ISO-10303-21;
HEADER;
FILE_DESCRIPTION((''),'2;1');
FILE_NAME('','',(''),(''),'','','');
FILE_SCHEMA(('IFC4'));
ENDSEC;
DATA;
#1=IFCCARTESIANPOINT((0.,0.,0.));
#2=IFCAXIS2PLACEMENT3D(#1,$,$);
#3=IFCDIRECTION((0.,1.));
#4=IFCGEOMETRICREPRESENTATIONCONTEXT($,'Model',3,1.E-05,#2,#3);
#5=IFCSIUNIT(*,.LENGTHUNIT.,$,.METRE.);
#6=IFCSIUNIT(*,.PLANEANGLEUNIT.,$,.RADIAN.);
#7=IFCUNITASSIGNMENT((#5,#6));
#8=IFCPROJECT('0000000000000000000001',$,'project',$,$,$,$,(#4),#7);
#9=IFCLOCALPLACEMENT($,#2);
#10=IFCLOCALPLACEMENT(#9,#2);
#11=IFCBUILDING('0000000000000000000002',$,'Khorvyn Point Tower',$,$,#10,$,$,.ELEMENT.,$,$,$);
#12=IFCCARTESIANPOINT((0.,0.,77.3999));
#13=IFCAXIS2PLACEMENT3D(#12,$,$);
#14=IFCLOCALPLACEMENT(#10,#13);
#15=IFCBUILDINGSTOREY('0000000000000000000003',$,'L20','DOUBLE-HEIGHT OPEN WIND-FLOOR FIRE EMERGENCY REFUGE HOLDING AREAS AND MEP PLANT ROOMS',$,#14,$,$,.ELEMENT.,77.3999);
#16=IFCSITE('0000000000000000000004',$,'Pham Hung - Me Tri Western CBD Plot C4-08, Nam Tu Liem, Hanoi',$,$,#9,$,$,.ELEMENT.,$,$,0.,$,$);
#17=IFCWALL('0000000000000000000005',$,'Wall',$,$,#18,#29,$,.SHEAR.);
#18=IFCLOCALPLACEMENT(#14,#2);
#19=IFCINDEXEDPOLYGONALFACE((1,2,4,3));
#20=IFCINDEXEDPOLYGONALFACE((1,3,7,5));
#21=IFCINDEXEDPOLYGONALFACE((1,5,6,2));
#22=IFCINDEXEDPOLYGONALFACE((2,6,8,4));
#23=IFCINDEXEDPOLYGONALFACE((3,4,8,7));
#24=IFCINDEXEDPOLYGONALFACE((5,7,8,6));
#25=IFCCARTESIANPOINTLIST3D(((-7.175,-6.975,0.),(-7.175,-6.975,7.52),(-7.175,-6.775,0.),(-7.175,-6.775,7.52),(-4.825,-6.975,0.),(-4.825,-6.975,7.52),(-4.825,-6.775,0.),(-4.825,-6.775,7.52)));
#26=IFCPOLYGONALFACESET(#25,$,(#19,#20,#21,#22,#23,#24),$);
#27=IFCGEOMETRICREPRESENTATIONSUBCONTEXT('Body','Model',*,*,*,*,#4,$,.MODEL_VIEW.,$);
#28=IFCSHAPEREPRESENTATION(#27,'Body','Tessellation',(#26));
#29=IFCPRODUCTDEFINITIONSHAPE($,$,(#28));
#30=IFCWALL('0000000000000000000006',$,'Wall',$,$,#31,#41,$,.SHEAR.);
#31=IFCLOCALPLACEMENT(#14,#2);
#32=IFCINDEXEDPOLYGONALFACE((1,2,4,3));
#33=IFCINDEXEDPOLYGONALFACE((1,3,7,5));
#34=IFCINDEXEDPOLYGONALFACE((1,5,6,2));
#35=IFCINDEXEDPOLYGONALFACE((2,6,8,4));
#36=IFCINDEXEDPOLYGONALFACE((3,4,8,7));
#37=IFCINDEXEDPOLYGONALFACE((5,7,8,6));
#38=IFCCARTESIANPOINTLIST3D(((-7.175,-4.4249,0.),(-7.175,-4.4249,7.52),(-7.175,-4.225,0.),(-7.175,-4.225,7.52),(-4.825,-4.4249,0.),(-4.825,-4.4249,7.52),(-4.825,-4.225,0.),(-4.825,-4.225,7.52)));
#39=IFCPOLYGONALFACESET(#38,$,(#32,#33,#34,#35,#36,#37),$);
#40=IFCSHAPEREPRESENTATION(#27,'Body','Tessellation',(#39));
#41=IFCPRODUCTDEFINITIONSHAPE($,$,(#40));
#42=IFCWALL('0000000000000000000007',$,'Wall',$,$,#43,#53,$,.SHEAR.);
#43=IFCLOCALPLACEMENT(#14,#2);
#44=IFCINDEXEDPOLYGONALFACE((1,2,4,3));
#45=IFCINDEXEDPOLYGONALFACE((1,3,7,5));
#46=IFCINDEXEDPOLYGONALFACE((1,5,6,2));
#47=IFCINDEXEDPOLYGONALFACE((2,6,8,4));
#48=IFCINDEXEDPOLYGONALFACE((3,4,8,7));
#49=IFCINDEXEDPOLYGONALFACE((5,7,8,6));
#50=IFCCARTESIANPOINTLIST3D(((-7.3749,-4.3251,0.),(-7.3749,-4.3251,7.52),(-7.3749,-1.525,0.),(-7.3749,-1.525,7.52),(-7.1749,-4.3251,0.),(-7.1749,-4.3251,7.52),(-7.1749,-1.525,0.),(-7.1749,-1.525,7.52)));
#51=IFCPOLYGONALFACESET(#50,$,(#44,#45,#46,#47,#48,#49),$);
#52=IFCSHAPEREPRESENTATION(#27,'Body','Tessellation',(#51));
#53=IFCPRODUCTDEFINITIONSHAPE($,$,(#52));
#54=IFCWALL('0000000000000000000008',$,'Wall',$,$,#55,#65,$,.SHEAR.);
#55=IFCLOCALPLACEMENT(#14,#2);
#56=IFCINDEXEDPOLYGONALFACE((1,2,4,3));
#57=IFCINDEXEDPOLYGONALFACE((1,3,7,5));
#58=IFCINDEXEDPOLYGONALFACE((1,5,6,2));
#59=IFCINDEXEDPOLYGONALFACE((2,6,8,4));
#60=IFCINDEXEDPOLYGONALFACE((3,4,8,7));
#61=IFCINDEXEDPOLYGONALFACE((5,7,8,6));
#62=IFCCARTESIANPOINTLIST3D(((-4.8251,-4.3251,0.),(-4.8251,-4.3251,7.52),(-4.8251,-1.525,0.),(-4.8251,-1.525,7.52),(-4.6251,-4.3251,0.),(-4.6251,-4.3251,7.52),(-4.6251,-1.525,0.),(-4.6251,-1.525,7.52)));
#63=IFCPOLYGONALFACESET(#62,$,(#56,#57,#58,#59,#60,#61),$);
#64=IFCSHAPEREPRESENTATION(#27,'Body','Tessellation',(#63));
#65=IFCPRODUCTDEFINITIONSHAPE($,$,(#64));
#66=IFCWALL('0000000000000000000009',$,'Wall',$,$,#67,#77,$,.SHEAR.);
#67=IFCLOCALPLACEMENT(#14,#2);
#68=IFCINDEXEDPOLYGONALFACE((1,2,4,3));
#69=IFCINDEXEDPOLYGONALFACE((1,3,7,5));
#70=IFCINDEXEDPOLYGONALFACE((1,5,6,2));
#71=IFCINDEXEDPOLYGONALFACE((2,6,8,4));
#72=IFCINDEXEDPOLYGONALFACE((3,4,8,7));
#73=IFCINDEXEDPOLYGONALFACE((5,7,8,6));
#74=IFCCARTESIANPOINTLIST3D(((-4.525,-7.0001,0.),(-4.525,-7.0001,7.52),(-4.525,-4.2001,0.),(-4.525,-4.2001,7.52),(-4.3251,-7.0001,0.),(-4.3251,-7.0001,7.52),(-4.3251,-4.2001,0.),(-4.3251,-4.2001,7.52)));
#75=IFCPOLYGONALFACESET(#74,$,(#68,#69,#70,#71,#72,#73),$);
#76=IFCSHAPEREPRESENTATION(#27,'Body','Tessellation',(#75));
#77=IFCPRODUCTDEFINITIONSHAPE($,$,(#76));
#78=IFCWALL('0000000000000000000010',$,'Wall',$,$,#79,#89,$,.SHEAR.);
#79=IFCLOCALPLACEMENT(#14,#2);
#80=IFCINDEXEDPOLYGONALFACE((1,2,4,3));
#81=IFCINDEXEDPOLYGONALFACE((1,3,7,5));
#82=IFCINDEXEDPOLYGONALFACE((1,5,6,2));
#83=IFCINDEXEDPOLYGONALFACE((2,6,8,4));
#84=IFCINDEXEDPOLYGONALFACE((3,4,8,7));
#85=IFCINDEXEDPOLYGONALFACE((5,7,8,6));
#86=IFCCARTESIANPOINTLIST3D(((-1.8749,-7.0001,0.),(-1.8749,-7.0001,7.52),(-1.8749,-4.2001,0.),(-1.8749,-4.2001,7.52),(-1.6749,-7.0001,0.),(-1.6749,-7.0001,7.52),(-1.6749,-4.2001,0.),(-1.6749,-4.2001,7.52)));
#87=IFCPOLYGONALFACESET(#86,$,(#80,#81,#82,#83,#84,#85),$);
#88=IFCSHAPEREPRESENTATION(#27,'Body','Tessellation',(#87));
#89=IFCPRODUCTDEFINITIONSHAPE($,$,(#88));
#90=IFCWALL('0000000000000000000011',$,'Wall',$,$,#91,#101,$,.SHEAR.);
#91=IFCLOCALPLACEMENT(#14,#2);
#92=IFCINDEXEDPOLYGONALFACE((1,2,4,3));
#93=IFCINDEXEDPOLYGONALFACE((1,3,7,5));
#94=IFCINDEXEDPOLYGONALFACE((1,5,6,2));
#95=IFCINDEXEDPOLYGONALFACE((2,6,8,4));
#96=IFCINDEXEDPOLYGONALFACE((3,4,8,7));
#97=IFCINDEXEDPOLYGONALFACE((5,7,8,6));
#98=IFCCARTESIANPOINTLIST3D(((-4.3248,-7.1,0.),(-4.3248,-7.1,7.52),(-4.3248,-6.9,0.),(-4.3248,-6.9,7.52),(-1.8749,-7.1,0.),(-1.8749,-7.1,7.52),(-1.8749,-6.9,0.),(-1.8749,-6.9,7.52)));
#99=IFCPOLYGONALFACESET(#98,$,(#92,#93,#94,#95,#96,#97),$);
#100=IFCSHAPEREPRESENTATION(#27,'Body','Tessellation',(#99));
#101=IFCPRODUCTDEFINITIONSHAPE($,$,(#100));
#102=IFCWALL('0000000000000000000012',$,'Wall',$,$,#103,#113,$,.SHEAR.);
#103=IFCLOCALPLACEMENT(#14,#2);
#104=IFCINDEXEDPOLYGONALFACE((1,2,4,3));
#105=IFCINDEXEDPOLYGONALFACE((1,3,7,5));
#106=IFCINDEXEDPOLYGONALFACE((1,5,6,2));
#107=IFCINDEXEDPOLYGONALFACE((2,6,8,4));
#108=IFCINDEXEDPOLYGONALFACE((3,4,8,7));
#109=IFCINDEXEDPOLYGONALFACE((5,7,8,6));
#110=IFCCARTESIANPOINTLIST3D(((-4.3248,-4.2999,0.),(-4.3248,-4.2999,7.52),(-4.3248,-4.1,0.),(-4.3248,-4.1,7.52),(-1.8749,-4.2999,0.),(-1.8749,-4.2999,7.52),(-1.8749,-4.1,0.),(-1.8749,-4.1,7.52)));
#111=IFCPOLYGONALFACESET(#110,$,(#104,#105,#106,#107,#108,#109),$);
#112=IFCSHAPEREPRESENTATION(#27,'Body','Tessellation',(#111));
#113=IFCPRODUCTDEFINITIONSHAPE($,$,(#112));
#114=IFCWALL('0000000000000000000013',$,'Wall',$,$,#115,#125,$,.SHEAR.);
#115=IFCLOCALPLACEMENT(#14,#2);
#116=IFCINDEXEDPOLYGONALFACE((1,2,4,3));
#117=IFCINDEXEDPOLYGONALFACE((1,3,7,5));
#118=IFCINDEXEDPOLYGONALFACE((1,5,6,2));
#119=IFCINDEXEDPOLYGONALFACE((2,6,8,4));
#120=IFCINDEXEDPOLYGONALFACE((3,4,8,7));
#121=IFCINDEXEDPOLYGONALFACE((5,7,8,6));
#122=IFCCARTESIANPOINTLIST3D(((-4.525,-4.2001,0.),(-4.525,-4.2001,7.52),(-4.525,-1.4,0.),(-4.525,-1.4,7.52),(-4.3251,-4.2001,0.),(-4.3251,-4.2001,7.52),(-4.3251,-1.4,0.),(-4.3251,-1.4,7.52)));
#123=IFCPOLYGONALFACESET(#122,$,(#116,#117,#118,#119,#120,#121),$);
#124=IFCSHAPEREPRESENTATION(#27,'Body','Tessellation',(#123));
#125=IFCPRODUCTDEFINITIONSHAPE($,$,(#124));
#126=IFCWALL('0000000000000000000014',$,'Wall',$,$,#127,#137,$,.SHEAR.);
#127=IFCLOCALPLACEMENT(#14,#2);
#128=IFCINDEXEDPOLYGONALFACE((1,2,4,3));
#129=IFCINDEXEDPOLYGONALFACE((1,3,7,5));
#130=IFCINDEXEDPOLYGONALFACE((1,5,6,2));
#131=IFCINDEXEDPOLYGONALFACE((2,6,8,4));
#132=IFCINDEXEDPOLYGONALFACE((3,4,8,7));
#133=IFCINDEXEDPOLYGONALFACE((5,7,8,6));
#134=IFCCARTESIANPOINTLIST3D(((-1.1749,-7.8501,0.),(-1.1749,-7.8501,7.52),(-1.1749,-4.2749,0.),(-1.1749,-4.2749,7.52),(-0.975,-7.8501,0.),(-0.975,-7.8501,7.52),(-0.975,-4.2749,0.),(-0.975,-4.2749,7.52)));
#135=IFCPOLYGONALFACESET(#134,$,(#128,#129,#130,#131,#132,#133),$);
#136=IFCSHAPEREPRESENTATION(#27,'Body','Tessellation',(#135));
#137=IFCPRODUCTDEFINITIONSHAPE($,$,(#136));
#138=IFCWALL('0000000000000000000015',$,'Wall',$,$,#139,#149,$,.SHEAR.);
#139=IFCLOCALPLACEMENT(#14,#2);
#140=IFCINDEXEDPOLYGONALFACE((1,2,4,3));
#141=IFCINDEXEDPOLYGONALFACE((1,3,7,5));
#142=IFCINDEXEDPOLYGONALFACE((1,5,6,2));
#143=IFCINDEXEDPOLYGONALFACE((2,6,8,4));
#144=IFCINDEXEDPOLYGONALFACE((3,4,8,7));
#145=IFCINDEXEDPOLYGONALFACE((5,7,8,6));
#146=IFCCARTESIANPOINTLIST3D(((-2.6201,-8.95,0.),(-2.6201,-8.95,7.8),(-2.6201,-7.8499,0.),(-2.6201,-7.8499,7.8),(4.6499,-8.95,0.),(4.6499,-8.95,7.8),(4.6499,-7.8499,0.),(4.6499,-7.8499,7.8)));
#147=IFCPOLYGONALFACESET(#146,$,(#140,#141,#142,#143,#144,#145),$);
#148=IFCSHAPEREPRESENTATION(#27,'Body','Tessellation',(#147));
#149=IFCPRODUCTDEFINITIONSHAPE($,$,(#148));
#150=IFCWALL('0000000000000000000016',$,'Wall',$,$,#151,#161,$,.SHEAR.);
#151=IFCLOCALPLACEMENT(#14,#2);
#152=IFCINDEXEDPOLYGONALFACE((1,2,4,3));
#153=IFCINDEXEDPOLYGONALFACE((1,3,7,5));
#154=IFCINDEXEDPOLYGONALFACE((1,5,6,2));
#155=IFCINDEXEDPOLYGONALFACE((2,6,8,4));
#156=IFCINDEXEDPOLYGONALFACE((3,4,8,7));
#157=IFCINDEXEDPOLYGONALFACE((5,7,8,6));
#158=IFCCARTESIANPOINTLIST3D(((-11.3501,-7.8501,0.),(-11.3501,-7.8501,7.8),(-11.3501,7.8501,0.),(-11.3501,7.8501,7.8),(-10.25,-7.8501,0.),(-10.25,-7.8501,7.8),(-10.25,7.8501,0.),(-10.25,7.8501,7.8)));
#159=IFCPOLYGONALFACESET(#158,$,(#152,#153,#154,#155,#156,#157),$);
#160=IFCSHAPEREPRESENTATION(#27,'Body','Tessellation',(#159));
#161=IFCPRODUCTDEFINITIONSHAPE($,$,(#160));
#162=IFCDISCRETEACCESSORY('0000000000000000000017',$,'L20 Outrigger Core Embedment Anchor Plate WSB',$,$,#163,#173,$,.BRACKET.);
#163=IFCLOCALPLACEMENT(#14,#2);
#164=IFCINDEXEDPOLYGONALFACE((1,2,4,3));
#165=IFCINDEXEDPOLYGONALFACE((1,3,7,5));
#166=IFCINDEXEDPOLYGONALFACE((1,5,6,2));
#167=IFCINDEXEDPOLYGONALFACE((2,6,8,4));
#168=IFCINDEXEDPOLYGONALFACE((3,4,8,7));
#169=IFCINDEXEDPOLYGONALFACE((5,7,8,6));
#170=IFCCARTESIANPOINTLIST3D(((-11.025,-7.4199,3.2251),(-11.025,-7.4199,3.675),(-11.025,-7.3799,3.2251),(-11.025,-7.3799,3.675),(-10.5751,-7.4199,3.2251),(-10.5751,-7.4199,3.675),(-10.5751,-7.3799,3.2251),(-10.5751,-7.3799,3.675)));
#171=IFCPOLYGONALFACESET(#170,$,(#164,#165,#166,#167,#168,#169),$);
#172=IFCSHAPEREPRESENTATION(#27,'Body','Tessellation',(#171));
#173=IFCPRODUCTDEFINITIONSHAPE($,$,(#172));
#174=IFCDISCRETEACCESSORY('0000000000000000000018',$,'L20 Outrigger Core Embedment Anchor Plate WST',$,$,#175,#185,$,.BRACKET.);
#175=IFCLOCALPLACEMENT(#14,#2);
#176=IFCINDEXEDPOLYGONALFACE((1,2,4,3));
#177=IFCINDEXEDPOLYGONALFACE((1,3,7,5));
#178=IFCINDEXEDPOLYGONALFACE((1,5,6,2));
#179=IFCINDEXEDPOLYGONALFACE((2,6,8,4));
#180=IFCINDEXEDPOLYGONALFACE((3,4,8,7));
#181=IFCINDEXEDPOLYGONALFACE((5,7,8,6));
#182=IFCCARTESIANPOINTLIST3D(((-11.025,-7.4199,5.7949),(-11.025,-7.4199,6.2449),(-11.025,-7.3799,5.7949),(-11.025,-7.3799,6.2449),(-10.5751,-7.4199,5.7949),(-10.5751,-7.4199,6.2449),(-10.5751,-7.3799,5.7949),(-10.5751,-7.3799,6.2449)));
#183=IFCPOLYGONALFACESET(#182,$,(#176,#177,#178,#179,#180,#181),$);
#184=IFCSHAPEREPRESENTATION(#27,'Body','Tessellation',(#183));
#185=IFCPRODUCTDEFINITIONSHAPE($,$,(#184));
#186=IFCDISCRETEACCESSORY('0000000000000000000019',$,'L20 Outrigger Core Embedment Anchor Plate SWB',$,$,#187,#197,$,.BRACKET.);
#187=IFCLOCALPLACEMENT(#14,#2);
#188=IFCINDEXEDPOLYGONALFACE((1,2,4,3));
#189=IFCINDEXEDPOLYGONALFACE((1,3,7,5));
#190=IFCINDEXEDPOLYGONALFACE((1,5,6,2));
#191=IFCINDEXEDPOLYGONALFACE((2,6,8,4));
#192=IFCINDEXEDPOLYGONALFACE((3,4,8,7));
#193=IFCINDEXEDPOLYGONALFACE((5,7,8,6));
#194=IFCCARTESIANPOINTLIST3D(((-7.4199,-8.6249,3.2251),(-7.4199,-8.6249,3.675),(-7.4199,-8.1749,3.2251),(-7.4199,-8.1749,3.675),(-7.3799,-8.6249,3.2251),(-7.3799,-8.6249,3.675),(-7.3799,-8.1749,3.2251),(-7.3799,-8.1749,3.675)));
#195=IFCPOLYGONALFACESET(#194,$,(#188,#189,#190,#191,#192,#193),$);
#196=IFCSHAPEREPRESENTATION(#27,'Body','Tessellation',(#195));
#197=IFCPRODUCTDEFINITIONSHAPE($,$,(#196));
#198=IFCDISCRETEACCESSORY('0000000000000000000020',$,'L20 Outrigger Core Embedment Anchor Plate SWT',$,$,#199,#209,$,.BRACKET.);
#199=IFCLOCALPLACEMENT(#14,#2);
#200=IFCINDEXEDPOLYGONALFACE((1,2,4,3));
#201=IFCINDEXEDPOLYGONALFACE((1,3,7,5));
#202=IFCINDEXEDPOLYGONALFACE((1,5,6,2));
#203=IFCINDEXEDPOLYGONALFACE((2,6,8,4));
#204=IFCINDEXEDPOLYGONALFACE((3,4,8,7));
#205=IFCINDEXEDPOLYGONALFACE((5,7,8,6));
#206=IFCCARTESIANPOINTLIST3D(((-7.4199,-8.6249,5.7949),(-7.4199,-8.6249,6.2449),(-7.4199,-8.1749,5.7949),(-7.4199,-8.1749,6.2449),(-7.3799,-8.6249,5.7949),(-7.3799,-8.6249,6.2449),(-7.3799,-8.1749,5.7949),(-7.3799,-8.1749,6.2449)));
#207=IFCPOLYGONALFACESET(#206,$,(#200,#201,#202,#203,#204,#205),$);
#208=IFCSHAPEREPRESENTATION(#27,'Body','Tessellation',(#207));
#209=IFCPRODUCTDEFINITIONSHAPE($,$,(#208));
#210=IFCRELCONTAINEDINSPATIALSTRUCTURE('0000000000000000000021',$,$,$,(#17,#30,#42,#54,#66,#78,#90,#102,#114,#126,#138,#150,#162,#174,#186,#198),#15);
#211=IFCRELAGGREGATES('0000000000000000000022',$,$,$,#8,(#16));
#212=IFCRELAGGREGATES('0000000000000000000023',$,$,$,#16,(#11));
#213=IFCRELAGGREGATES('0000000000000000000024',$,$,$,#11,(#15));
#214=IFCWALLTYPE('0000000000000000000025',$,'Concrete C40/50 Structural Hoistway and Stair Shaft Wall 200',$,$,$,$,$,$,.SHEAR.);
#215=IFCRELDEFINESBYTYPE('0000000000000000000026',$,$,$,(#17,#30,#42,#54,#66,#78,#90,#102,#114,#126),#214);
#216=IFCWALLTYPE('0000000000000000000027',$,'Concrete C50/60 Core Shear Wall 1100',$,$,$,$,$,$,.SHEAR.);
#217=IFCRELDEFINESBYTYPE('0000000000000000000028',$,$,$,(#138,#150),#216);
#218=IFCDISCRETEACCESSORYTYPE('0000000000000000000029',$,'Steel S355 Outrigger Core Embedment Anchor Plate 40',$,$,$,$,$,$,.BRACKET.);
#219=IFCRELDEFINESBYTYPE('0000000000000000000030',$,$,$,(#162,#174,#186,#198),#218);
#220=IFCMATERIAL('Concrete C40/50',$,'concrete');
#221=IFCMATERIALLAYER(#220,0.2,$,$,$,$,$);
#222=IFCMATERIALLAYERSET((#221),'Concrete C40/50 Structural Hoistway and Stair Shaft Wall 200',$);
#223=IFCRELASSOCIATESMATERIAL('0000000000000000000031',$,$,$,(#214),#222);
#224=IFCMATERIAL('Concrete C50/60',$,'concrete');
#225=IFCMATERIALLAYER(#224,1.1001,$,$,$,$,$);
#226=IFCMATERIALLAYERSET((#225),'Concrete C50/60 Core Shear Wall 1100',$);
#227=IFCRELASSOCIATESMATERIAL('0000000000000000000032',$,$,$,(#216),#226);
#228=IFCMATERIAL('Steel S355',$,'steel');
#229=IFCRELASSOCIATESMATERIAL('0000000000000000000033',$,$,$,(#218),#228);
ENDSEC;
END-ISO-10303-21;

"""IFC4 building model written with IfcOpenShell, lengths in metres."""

from ifc_helpers import new_model, si_unit, direction, frame, frame_2d, origin, origin_2d, place, context, subcontext, project, spatial, rectangle, extrude, material, layer, layer_set, type_object, element, save


model = new_model("IFC4")

# Units and contexts
model_context = context("Model", 3, precision=1e-05, world=origin(), true_north=direction((0.0, 1.0)))
body_context = subcontext(model_context, "Body", "Model", "MODEL_VIEW")
ifc_project = project(units=[si_unit("LENGTHUNIT", "METRE"), si_unit("PLANEANGLEUNIT", "RADIAN")], contexts=[model_context])

# Site, building, storey
site_placement = place(None, origin())
site = spatial("IfcSite", under=ifc_project, at=site_placement, Name="Pham Hung - Me Tri Western CBD Plot C4-08, Nam Tu Liem, Hanoi", CompositionType="ELEMENT", RefElevation=0.0)
building_placement = place(site_placement, origin())
building = spatial("IfcBuilding", under=site, at=building_placement, Name="Khorvyn Point Tower", CompositionType="ELEMENT")
storey_placement = place(building_placement, frame((0.0, 0.0, 77.3999)))
storey = spatial("IfcBuildingStorey", under=building, at=storey_placement, Name="L20", Description="DOUBLE-HEIGHT OPEN WIND-FLOOR FIRE EMERGENCY REFUGE HOLDING AREAS AND MEP PLANT ROOMS", CompositionType="ELEMENT", Elevation=77.3999)

# Shared definitions
ifc_material_1 = material(Name="Concrete C40/50", Category="concrete")

# Shared definitions
ifc_material_2 = material(Name="Concrete C50/60", Category="concrete")

# Walls
ifc_layer_1 = layer(ifc_material_1, 0.2)
ifc_layer_set_1 = layer_set([ifc_layer_1], Name="Concrete C40/50 Structural Hoistway and Stair Shaft Wall 200")
wall_type_1 = type_object("IfcWallType", Name="Concrete C40/50 Structural Hoistway and Stair Shaft Wall 200", PredefinedType="SHEAR", material=ifc_layer_set_1)
for number, where, z_axis, x_axis, name in (
    (1, (-7.175, -6.875, 0.0), (0.0, 0.0, 1.0), (1.0, 0.0, 0.0), "Wall"),
    (2, (-7.175, -4.325, 0.0), (0.0, 0.0, 1.0), (1.0, 0.0, 0.0), "Wall"),
):
    element("IfcWall", number, at=place(storey_placement, frame(where, z_axis=z_axis, x_axis=x_axis)), inside=storey, type_object=wall_type_1, Name=name, PredefinedType="SHEAR", context=body_context, shape_type="SweptSolid", body=[
        extrude(rectangle(XDim=2.3501, YDim=0.2, at=frame_2d((1.175, 0.0))), origin(), (0.0, 0.0, 1.0), 7.52),
    ])
for number, where, z_axis, x_axis, name in (
    (3, (-7.2749, -4.325, 0.0), (0.0, 0.0, 1.0), (0.0, 1.0, 0.0), "Wall"),
    (4, (-4.7251, -4.325, 0.0), (0.0, 0.0, 1.0), (0.0, 1.0, 0.0), "Wall"),
    (5, (-4.425, -7.0, 0.0), (0.0, 0.0, 1.0), (0.0, 1.0, 0.0), "Wall"),
    (6, (-1.7749, -7.0, 0.0), (0.0, 0.0, 1.0), (0.0, 1.0, 0.0), "Wall"),
):
    element("IfcWall", number, at=place(storey_placement, frame(where, z_axis=z_axis, x_axis=x_axis)), inside=storey, type_object=wall_type_1, Name=name, PredefinedType="SHEAR", context=body_context, shape_type="SweptSolid", body=[
        extrude(rectangle(XDim=2.8, YDim=0.2, at=frame_2d((1.3999, 0.0))), origin(), (0.0, 0.0, 1.0), 7.52),
    ])
for number, where, z_axis, x_axis, name in (
    (7, (-4.325, -7.0, 0.0), (0.0, 0.0, 1.0), (1.0, 0.0, 0.0), "Wall"),
    (8, (-4.325, -4.2, 0.0), (0.0, 0.0, 1.0), (1.0, 0.0, 0.0), "Wall"),
):
    element("IfcWall", number, at=place(storey_placement, frame(where, z_axis=z_axis, x_axis=x_axis)), inside=storey, type_object=wall_type_1, Name=name, PredefinedType="SHEAR", context=body_context, shape_type="SweptSolid", body=[
        extrude(rectangle(XDim=2.45, YDim=0.2, at=frame_2d((1.2251, 0.0))), origin(), (0.0, 0.0, 1.0), 7.52),
    ])
wall_1_placement = place(storey_placement, frame((-4.425, -4.2, 0.0), z_axis=(0.0, 0.0, 1.0), x_axis=(0.0, 1.0, 0.0)))
element("IfcWall", 9, at=wall_1_placement, inside=storey, type_object=wall_type_1, Name="Wall", PredefinedType="SHEAR", context=body_context, shape_type="SweptSolid", body=[
    extrude(rectangle(XDim=2.8, YDim=0.2, at=frame_2d((1.3999, 0.0))), origin(), (0.0, 0.0, 1.0), 7.52),
])
wall_2_placement = place(storey_placement, frame((-1.075, -7.8501, 0.0), z_axis=(0.0, 0.0, 1.0), x_axis=(0.0, 1.0, 0.0)))
element("IfcWall", 10, at=wall_2_placement, inside=storey, type_object=wall_type_1, Name="Wall", PredefinedType="SHEAR", context=body_context, shape_type="SweptSolid", body=[
    extrude(rectangle(XDim=3.5752, YDim=0.2, at=frame_2d((1.7876, 0.0))), origin(), (0.0, 0.0, 1.0), 7.52),
])
ifc_layer_2 = layer(ifc_material_2, 1.1001)
ifc_layer_set_2 = layer_set([ifc_layer_2], Name="Concrete C50/60 Core Shear Wall 1100")
wall_type_2 = type_object("IfcWallType", Name="Concrete C50/60 Core Shear Wall 1100", PredefinedType="SHEAR", material=ifc_layer_set_2)
wall_3_placement = place(storey_placement, frame((-2.6201, -8.3999, 0.0), z_axis=(0.0, 0.0, 1.0), x_axis=(1.0, 0.0, 0.0)))
element("IfcWall", 11, at=wall_3_placement, inside=storey, type_object=wall_type_2, Name="Wall", PredefinedType="SHEAR", context=body_context, shape_type="SweptSolid", body=[
    extrude(rectangle(XDim=7.27, YDim=1.1001, at=frame_2d((3.635, 0.0))), origin(), (0.0, 0.0, 1.0), 7.8),
])
wall_4_placement = place(storey_placement, frame((-10.8, -7.8501, 0.0), z_axis=(0.0, 0.0, 1.0), x_axis=(0.0, 1.0, 0.0)))
element("IfcWall", 12, at=wall_4_placement, inside=storey, type_object=wall_type_2, Name="Wall", PredefinedType="SHEAR", context=body_context, shape_type="SweptSolid", body=[
    extrude(rectangle(XDim=15.7002, YDim=1.1001, at=frame_2d((7.8501, 0.0))), origin(), (0.0, 0.0, 1.0), 7.8),
])

# Discrete accessories
ifc_material_3 = material(Name="Steel S355", Category="steel")
discrete_accessory_type = type_object("IfcDiscreteAccessoryType", Name="Steel S355 Outrigger Core Embedment Anchor Plate 40", PredefinedType="BRACKET", material=ifc_material_3)
for number, where, z_axis, x_axis, name in (
    (13, (-10.8, -7.3999, 3.2251), (0.0, 0.0, 1.0), (1.0, 0.0, 0.0), "L20 Outrigger Core Embedment Anchor Plate WSB"),
    (14, (-10.8, -7.3999, 5.7949), (0.0, 0.0, 1.0), (1.0, 0.0, 0.0), "L20 Outrigger Core Embedment Anchor Plate WST"),
):
    element("IfcDiscreteAccessory", number, at=place(storey_placement, frame(where, z_axis=z_axis, x_axis=x_axis)), inside=storey, type_object=discrete_accessory_type, Name=name, PredefinedType="BRACKET", context=body_context, shape_type="SweptSolid", body=[
        extrude(rectangle(XDim=0.45, YDim=0.04, at=origin_2d()), origin(), (0.0, 0.0, 1.0), 0.45),
    ])
for number, where, z_axis, x_axis, name in (
    (15, (-7.3999, -8.3999, 3.2251), (0.0, 0.0, 1.0), (1.0, 0.0, 0.0), "L20 Outrigger Core Embedment Anchor Plate SWB"),
    (16, (-7.3999, -8.3999, 5.7949), (0.0, 0.0, 1.0), (1.0, 0.0, 0.0), "L20 Outrigger Core Embedment Anchor Plate SWT"),
):
    element("IfcDiscreteAccessory", number, at=place(storey_placement, frame(where, z_axis=z_axis, x_axis=x_axis)), inside=storey, type_object=discrete_accessory_type, Name=name, PredefinedType="BRACKET", context=body_context, shape_type="SweptSolid", body=[
        extrude(rectangle(XDim=0.04, YDim=0.45, at=origin_2d()), origin(), (0.0, 0.0, 1.0), 0.45),
    ])

save(model, "model.ifc")
